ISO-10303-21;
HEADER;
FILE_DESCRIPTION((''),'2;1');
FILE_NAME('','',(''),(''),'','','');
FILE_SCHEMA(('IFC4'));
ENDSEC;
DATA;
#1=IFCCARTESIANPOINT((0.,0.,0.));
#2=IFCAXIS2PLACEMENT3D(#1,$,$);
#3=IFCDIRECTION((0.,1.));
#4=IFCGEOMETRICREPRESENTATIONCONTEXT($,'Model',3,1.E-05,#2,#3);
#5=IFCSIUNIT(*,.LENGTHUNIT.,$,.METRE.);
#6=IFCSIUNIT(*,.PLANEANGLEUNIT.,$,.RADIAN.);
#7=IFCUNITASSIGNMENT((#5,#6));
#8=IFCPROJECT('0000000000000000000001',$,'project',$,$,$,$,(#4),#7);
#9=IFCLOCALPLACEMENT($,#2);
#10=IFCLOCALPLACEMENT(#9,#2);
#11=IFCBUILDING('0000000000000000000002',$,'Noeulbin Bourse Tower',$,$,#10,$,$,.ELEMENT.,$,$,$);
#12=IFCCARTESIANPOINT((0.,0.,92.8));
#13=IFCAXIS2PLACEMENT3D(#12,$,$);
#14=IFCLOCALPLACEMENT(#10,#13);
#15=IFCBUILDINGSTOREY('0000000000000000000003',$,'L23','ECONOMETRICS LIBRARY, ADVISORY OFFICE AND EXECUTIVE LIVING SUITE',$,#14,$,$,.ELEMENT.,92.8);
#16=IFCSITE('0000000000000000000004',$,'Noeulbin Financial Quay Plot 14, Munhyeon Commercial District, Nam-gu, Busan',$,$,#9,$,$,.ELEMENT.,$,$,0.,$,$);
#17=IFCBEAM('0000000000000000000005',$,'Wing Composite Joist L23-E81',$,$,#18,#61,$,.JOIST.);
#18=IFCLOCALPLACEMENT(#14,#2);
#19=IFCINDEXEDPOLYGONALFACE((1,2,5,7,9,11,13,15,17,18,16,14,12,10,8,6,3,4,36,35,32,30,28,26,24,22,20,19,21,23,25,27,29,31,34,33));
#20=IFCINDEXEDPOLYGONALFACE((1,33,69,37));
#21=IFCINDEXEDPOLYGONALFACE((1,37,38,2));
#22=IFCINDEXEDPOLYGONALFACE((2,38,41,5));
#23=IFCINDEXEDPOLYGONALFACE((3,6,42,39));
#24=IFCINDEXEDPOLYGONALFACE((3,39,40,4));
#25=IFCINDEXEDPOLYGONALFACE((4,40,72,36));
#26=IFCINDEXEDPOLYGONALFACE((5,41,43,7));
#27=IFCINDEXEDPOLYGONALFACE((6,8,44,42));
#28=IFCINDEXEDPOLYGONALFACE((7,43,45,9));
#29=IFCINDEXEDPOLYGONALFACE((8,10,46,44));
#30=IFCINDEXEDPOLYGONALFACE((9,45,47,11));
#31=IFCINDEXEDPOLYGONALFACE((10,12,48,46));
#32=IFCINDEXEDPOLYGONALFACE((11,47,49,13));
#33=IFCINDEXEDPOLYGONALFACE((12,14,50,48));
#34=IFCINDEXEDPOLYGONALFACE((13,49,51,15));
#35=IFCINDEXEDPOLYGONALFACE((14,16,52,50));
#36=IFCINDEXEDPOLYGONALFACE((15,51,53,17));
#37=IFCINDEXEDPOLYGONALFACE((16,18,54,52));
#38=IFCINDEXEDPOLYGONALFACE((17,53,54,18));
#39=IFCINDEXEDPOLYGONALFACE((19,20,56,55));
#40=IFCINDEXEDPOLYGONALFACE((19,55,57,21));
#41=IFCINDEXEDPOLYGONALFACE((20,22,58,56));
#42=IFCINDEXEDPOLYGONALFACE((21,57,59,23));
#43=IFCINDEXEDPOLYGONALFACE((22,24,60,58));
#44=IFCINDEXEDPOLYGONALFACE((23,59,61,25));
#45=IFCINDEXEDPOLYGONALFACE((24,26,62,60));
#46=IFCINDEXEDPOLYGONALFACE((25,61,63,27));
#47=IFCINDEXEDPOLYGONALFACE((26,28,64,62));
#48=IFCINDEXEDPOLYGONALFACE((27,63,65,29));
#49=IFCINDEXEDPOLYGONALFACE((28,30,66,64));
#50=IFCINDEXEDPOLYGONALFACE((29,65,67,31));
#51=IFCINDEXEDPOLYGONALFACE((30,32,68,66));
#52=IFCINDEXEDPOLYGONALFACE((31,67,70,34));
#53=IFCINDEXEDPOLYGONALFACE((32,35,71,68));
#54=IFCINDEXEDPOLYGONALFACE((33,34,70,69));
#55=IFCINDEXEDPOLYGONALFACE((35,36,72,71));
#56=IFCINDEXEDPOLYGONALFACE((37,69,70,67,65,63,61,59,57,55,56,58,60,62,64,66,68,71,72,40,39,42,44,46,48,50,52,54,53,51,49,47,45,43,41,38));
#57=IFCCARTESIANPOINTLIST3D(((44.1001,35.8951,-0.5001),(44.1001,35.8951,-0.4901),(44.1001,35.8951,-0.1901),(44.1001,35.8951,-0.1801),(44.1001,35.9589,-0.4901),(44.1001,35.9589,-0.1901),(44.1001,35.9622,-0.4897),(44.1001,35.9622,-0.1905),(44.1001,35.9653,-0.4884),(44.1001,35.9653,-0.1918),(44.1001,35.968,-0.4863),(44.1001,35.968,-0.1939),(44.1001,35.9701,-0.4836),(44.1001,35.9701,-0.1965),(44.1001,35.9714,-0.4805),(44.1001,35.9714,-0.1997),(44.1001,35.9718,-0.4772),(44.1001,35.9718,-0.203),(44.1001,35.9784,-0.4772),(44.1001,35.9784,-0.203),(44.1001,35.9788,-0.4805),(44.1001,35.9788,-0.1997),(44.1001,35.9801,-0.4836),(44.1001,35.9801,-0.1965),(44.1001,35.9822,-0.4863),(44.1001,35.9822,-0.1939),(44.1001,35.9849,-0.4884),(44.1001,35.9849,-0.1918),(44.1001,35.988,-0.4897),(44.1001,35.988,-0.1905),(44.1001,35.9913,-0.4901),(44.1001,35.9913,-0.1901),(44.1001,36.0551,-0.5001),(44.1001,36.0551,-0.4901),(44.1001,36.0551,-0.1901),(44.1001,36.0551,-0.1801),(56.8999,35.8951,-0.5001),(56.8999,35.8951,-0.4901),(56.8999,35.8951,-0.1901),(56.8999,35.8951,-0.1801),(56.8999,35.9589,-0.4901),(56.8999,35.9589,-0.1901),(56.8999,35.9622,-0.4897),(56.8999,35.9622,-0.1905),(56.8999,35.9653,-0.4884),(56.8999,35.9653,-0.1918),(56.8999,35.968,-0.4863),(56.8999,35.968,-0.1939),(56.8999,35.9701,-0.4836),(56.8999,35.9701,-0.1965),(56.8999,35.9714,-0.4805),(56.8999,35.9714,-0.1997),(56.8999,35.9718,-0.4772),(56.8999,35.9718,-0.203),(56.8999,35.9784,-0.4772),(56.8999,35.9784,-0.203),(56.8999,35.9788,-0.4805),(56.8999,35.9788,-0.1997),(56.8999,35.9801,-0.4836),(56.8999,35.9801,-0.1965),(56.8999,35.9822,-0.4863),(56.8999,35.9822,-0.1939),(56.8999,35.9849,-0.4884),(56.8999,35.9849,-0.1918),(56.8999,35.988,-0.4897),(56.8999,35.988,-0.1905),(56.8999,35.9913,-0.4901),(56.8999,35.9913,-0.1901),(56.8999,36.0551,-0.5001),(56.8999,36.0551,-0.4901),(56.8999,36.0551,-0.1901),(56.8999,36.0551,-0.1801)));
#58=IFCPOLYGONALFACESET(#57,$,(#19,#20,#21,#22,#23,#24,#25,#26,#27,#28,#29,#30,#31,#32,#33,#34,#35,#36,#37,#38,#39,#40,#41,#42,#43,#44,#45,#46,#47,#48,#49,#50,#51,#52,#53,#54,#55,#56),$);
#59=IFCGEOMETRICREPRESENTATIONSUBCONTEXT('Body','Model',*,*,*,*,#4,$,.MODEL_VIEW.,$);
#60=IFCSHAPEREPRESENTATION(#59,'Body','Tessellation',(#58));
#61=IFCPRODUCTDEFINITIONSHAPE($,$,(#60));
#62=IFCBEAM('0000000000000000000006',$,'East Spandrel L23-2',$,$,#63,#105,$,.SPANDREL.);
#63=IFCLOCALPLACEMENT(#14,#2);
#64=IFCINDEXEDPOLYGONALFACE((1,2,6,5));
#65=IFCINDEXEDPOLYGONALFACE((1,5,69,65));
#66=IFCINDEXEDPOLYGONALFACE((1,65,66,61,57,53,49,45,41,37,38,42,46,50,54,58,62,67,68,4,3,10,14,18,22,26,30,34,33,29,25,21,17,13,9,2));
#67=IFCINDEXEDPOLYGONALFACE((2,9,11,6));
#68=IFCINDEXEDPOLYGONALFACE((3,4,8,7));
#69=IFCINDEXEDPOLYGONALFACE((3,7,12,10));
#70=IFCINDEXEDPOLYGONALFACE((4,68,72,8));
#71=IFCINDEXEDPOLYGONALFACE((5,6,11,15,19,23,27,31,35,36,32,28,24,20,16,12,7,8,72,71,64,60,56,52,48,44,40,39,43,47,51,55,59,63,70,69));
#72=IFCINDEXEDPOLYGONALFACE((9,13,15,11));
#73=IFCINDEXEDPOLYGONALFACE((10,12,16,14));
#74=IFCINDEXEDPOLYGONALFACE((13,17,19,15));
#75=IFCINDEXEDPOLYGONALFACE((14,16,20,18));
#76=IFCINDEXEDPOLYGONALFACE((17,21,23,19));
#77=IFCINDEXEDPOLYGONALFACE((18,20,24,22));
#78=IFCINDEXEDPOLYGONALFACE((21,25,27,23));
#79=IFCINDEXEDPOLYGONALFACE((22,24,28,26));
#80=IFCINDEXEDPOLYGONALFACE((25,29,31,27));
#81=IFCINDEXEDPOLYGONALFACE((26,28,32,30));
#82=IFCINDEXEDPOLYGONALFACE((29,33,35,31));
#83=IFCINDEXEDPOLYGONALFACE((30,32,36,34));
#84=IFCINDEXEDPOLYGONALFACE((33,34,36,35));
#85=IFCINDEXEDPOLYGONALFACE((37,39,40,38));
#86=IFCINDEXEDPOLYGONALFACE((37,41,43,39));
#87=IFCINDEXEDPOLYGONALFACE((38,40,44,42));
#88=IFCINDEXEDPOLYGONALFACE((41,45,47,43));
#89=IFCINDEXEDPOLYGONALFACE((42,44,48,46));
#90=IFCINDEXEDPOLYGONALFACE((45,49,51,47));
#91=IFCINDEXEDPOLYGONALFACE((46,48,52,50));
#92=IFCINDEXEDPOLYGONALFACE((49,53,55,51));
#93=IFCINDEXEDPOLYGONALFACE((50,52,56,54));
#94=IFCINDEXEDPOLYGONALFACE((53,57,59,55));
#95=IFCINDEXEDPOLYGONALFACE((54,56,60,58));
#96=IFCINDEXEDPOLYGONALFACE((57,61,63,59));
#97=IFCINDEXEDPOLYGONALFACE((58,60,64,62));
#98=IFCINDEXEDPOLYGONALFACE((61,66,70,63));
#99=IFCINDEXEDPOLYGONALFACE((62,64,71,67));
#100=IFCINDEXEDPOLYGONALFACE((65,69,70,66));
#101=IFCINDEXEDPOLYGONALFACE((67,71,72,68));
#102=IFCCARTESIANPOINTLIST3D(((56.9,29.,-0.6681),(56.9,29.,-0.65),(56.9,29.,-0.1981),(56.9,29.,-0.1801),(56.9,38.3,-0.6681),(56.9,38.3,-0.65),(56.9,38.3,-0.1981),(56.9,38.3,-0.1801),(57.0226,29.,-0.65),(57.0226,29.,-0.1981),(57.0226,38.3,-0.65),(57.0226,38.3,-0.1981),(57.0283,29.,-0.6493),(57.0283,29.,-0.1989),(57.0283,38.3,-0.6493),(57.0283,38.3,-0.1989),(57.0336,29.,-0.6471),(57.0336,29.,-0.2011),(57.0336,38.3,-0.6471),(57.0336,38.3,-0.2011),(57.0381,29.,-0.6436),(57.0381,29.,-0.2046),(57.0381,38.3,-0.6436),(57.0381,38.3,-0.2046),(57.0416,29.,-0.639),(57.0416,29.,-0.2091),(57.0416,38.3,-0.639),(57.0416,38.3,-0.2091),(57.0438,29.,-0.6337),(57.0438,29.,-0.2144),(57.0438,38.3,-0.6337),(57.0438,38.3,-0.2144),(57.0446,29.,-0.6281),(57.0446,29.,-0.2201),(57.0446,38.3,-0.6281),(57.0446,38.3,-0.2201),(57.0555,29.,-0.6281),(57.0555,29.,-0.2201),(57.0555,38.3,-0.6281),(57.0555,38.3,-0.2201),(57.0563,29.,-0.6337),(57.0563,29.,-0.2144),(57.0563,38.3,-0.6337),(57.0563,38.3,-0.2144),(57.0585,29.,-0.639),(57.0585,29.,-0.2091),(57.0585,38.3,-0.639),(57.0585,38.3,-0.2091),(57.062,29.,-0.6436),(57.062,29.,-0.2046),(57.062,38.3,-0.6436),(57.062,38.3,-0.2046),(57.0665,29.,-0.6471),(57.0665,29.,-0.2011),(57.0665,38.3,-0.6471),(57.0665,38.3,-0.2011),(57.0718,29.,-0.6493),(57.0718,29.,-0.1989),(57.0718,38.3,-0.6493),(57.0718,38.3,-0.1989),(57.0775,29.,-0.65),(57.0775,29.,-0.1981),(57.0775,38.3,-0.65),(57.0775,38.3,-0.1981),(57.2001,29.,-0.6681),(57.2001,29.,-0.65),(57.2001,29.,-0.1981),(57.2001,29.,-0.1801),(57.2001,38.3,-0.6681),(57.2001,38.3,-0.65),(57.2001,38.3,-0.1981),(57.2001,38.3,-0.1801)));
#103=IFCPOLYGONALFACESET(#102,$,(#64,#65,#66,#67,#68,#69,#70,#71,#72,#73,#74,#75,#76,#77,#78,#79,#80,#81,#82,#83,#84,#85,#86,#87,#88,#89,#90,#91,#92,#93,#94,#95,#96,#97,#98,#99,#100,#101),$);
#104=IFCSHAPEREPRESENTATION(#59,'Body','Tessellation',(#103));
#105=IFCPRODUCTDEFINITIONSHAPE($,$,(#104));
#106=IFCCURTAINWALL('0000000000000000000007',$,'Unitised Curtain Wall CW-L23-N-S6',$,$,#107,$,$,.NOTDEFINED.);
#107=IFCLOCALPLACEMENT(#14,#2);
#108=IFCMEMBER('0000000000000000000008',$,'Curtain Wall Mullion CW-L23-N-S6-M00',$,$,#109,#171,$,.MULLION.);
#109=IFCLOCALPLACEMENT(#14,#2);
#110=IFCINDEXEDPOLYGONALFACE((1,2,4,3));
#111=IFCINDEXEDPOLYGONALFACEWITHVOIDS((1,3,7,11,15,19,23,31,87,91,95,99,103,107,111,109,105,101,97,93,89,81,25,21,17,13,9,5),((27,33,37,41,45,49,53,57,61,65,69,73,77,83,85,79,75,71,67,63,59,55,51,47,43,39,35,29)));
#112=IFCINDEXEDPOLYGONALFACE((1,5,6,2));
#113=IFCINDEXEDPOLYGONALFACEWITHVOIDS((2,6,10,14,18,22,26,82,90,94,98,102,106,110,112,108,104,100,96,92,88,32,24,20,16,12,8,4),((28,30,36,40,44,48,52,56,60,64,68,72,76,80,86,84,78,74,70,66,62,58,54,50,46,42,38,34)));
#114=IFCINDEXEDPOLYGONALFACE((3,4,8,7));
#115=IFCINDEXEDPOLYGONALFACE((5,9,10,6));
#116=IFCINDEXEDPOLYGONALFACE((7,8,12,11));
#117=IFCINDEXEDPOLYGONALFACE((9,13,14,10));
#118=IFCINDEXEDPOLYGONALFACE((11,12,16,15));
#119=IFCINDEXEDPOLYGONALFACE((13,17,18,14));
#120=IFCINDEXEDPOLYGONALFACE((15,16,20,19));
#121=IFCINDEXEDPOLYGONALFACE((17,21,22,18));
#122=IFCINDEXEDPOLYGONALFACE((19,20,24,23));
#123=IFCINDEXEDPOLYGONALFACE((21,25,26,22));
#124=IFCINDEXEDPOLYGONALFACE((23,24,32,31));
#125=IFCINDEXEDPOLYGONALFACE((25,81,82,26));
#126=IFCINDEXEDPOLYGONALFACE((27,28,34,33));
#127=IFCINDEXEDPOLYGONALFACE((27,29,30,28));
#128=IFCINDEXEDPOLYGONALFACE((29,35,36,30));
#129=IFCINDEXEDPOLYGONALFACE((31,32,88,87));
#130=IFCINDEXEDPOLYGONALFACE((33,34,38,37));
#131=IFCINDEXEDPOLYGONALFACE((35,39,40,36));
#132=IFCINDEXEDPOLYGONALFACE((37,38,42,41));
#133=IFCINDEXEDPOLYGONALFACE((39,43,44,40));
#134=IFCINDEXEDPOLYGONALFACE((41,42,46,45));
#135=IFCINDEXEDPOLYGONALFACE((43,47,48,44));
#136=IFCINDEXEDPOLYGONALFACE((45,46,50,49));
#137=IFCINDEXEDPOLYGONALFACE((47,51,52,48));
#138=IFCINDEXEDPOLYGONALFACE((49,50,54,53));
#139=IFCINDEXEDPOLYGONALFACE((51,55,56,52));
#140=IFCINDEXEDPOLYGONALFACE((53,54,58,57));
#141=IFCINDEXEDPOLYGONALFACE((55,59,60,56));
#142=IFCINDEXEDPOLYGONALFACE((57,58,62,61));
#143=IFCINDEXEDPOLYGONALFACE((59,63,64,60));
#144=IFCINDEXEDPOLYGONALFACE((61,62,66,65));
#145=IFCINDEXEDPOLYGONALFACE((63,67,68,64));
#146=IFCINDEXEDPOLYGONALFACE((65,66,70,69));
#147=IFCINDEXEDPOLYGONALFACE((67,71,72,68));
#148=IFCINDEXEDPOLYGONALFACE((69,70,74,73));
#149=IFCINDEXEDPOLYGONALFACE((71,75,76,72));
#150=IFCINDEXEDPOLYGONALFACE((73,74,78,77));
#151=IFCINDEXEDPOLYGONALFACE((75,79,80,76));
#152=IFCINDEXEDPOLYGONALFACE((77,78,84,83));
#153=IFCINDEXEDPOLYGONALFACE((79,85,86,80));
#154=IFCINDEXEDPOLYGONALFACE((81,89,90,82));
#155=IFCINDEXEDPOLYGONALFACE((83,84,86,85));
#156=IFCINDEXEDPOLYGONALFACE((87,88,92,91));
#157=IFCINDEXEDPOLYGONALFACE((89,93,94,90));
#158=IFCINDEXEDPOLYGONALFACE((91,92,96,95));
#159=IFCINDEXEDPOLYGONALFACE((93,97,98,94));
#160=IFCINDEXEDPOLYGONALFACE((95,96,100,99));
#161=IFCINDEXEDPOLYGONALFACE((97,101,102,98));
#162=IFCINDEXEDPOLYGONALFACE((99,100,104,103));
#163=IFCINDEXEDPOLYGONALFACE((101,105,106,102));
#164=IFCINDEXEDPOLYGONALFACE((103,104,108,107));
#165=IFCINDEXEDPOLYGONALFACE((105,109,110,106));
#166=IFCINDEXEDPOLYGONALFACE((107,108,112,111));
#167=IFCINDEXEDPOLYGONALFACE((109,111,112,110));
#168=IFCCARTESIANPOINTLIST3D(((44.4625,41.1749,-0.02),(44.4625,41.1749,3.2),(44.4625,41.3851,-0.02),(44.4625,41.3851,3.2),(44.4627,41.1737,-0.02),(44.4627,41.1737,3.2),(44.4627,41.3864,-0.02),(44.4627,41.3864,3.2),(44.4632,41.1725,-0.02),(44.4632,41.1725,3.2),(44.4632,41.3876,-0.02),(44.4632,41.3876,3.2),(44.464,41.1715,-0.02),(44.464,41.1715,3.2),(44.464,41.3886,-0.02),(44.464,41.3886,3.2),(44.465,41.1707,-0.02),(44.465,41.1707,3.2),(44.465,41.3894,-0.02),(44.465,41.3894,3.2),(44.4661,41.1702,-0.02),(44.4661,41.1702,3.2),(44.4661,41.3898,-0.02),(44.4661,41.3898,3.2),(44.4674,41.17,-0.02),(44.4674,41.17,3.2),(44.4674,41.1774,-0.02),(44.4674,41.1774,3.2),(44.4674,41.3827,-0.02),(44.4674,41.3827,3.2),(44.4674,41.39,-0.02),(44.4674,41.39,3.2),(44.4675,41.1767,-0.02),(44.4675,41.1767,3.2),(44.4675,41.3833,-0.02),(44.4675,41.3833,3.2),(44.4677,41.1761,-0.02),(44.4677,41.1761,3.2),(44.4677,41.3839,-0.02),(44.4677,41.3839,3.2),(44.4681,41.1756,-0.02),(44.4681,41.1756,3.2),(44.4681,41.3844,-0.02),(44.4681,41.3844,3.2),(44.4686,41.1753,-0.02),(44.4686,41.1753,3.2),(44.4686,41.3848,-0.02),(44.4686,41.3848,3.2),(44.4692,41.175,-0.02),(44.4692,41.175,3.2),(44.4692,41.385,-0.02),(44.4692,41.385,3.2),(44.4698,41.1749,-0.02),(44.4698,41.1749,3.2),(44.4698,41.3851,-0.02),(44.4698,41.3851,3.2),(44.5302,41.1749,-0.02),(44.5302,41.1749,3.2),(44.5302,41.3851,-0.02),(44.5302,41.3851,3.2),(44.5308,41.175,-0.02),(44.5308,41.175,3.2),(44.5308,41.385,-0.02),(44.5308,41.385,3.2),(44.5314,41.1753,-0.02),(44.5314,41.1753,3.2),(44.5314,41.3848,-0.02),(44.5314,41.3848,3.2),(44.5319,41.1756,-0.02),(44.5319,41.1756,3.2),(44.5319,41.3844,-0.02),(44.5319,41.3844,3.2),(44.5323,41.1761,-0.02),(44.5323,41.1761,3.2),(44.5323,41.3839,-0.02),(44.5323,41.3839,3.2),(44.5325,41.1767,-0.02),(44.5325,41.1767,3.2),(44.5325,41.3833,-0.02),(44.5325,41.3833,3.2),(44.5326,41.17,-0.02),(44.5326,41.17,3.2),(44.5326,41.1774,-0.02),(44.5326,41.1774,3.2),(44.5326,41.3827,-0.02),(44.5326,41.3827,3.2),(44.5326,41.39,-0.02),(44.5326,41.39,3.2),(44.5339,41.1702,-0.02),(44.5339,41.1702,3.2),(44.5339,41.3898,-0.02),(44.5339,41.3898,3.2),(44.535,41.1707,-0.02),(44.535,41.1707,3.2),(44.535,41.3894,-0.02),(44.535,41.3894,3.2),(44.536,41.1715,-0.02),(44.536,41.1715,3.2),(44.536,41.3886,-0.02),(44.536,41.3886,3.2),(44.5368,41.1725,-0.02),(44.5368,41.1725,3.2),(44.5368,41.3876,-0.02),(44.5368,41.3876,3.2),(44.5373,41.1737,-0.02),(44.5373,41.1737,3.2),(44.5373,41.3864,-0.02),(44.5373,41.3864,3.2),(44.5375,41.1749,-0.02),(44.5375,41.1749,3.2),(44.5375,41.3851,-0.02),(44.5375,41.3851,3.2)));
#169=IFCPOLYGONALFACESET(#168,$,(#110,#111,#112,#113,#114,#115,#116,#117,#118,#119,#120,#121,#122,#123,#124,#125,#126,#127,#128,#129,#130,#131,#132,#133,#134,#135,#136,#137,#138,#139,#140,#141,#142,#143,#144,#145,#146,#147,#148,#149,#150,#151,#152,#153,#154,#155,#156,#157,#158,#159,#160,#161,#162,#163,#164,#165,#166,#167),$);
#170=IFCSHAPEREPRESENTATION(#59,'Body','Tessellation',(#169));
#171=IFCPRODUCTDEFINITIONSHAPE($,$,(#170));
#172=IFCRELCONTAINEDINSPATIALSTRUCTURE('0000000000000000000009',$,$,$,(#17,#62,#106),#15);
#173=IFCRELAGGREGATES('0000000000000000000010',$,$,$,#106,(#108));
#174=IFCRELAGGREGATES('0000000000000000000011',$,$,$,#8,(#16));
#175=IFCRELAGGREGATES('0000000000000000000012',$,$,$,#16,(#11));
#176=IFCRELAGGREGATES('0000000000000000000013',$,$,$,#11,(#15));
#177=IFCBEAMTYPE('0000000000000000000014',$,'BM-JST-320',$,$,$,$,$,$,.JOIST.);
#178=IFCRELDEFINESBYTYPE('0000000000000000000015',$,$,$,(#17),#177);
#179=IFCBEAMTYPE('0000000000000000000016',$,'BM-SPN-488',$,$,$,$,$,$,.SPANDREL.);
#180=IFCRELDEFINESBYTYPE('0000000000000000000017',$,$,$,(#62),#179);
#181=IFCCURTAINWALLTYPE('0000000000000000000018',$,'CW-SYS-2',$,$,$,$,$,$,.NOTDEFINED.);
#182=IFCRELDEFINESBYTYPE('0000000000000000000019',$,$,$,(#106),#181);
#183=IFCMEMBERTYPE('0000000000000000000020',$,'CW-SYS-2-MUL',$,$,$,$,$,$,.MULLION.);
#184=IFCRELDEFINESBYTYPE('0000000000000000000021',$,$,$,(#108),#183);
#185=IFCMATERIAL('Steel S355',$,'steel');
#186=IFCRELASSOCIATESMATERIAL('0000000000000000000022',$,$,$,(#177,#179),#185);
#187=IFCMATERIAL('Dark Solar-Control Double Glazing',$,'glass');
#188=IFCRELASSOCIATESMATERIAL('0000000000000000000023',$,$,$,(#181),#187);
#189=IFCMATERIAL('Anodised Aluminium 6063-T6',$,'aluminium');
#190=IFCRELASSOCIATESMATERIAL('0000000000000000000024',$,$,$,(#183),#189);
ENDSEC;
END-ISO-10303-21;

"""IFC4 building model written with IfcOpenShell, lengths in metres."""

from ifc_helpers import new_model, si_unit, direction, frame, origin, origin_2d, place, context, subcontext, project, spatial, hollow_rectangle, i_section, extrude, material, material_profile, profile_set, type_object, element, aggregate, save


model = new_model("IFC4")

# Units and contexts
model_context = context("Model", 3, precision=1e-05, world=origin(), true_north=direction((0.0, 1.0)))
body_context = subcontext(model_context, "Body", "Model", "MODEL_VIEW")
ifc_project = project(units=[si_unit("LENGTHUNIT", "METRE"), si_unit("PLANEANGLEUNIT", "RADIAN")], contexts=[model_context])

# Site, building, storey
site_placement = place(None, origin())
site = spatial("IfcSite", under=ifc_project, at=site_placement, Name="Noeulbin Financial Quay Plot 14, Munhyeon Commercial District, Nam-gu, Busan", CompositionType="ELEMENT", RefElevation=0.0)
building_placement = place(site_placement, origin())
building = spatial("IfcBuilding", under=site, at=building_placement, Name="Noeulbin Bourse Tower", CompositionType="ELEMENT")
storey_placement = place(building_placement, frame((0.0, 0.0, 92.8)))
storey = spatial("IfcBuildingStorey", under=building, at=storey_placement, Name="L23", Description="ECONOMETRICS LIBRARY, ADVISORY OFFICE AND EXECUTIVE LIVING SUITE", CompositionType="ELEMENT", Elevation=92.8)

# Beams
ifc_material_1 = material(Name="Steel S355", Category="steel")
ifc_material_profile_1 = material_profile(ifc_material_1, i_section(OverallWidth=0.1599, OverallDepth=0.3201, WebThickness=0.0066, FlangeThickness=0.01, FilletRadius=0.0129, at=origin_2d()), Name="H-320x160x6.5x10", Category="LoadBearing")
ifc_profile_set_1 = profile_set([ifc_material_profile_1], Name="Steel S355")
beam_type_1 = type_object("IfcBeamType", Name="BM-JST-320", PredefinedType="JOIST", material=ifc_profile_set_1)
for number, where, z_axis, x_axis, name in (
    (1, (44.1001, 35.9751, -0.3401), (1.0, 0.0, 0.0), (0.0, 1.0, 0.0), "Wing Composite Joist L23-E81"),
):
    element("IfcBeam", number, at=place(storey_placement, frame(where, z_axis=z_axis, x_axis=x_axis)), inside=storey, type_object=beam_type_1, Name=name, PredefinedType="JOIST", context=body_context, shape_type="SweptSolid", body=[
        extrude(i_section(OverallWidth=0.1599, OverallDepth=0.3201, WebThickness=0.0066, FlangeThickness=0.01, FilletRadius=0.0129, at=origin_2d()), origin(), (0.0, 0.0, 1.0), 12.7998),
    ])
ifc_material_profile_2 = material_profile(ifc_material_1, i_section(OverallWidth=0.3, OverallDepth=0.488, WebThickness=0.011, FlangeThickness=0.0181, FilletRadius=0.022, at=origin_2d()), Name="H-488x300x11x18", Category="LoadBearing")
ifc_profile_set_2 = profile_set([ifc_material_profile_2], Name="Steel S355")
beam_type_2 = type_object("IfcBeamType", Name="BM-SPN-488", PredefinedType="SPANDREL", material=ifc_profile_set_2)
beam_placement = place(storey_placement, frame((57.05, 29.0, -0.4241), z_axis=(0.0, 1.0, 0.0), x_axis=(-1.0, 0.0, 0.0)))
element("IfcBeam", 2, at=beam_placement, inside=storey, type_object=beam_type_2, Name="East Spandrel L23-2", PredefinedType="SPANDREL", context=body_context, shape_type="SweptSolid", body=[
    extrude(i_section(OverallWidth=0.3, OverallDepth=0.488, WebThickness=0.011, FlangeThickness=0.0181, FilletRadius=0.022, at=origin_2d()), origin(), (0.0, 0.0, 1.0), 9.3),
])

# Curtain wall, member
ifc_material_2 = material(Name="Dark Solar-Control Double Glazing", Category="glass")
curtain_wall_type = type_object("IfcCurtainWallType", Name="CW-SYS-2", PredefinedType="NOTDEFINED", material=ifc_material_2)
curtain_wall_1_placement = place(storey_placement, origin())
curtain_wall_1 = element("IfcCurtainWall", 3, at=curtain_wall_1_placement, inside=storey, type_object=curtain_wall_type, Name="Unitised Curtain Wall CW-L23-N-S6", PredefinedType="NOTDEFINED")
ifc_material_3 = material(Name="Anodised Aluminium 6063-T6", Category="aluminium")
ifc_material_profile_3 = material_profile(ifc_material_3, hollow_rectangle(XDim=0.075, YDim=0.22, WallThickness=0.0049, InnerFilletRadius=0.0024, OuterFilletRadius=0.0049, at=origin_2d()), Name="ALU-MULL-75x220x5", Category="LoadBearing")
ifc_profile_set_3 = profile_set([ifc_material_profile_3], Name="Anodised Aluminium 6063-T6")
member_type_1 = type_object("IfcMemberType", Name="CW-SYS-2-MUL", PredefinedType="MULLION", material=ifc_profile_set_3)
member_1_placement = place(storey_placement, frame((44.5, 41.28, -0.02), z_axis=(0.0, 0.0, 1.0), x_axis=(1.0, 0.0, 0.0)))
member_1 = element("IfcMember", 4, at=member_1_placement, type_object=member_type_1, Name="Curtain Wall Mullion CW-L23-N-S6-M00", PredefinedType="MULLION", context=body_context, shape_type="SweptSolid", body=[
    extrude(hollow_rectangle(XDim=0.075, YDim=0.22, WallThickness=0.0049, InnerFilletRadius=0.0024, OuterFilletRadius=0.0049, at=origin_2d()), origin(), (0.0, 0.0, 1.0), 3.22),
])

aggregate(curtain_wall_1, [member_1])

save(model, "model.ifc")
